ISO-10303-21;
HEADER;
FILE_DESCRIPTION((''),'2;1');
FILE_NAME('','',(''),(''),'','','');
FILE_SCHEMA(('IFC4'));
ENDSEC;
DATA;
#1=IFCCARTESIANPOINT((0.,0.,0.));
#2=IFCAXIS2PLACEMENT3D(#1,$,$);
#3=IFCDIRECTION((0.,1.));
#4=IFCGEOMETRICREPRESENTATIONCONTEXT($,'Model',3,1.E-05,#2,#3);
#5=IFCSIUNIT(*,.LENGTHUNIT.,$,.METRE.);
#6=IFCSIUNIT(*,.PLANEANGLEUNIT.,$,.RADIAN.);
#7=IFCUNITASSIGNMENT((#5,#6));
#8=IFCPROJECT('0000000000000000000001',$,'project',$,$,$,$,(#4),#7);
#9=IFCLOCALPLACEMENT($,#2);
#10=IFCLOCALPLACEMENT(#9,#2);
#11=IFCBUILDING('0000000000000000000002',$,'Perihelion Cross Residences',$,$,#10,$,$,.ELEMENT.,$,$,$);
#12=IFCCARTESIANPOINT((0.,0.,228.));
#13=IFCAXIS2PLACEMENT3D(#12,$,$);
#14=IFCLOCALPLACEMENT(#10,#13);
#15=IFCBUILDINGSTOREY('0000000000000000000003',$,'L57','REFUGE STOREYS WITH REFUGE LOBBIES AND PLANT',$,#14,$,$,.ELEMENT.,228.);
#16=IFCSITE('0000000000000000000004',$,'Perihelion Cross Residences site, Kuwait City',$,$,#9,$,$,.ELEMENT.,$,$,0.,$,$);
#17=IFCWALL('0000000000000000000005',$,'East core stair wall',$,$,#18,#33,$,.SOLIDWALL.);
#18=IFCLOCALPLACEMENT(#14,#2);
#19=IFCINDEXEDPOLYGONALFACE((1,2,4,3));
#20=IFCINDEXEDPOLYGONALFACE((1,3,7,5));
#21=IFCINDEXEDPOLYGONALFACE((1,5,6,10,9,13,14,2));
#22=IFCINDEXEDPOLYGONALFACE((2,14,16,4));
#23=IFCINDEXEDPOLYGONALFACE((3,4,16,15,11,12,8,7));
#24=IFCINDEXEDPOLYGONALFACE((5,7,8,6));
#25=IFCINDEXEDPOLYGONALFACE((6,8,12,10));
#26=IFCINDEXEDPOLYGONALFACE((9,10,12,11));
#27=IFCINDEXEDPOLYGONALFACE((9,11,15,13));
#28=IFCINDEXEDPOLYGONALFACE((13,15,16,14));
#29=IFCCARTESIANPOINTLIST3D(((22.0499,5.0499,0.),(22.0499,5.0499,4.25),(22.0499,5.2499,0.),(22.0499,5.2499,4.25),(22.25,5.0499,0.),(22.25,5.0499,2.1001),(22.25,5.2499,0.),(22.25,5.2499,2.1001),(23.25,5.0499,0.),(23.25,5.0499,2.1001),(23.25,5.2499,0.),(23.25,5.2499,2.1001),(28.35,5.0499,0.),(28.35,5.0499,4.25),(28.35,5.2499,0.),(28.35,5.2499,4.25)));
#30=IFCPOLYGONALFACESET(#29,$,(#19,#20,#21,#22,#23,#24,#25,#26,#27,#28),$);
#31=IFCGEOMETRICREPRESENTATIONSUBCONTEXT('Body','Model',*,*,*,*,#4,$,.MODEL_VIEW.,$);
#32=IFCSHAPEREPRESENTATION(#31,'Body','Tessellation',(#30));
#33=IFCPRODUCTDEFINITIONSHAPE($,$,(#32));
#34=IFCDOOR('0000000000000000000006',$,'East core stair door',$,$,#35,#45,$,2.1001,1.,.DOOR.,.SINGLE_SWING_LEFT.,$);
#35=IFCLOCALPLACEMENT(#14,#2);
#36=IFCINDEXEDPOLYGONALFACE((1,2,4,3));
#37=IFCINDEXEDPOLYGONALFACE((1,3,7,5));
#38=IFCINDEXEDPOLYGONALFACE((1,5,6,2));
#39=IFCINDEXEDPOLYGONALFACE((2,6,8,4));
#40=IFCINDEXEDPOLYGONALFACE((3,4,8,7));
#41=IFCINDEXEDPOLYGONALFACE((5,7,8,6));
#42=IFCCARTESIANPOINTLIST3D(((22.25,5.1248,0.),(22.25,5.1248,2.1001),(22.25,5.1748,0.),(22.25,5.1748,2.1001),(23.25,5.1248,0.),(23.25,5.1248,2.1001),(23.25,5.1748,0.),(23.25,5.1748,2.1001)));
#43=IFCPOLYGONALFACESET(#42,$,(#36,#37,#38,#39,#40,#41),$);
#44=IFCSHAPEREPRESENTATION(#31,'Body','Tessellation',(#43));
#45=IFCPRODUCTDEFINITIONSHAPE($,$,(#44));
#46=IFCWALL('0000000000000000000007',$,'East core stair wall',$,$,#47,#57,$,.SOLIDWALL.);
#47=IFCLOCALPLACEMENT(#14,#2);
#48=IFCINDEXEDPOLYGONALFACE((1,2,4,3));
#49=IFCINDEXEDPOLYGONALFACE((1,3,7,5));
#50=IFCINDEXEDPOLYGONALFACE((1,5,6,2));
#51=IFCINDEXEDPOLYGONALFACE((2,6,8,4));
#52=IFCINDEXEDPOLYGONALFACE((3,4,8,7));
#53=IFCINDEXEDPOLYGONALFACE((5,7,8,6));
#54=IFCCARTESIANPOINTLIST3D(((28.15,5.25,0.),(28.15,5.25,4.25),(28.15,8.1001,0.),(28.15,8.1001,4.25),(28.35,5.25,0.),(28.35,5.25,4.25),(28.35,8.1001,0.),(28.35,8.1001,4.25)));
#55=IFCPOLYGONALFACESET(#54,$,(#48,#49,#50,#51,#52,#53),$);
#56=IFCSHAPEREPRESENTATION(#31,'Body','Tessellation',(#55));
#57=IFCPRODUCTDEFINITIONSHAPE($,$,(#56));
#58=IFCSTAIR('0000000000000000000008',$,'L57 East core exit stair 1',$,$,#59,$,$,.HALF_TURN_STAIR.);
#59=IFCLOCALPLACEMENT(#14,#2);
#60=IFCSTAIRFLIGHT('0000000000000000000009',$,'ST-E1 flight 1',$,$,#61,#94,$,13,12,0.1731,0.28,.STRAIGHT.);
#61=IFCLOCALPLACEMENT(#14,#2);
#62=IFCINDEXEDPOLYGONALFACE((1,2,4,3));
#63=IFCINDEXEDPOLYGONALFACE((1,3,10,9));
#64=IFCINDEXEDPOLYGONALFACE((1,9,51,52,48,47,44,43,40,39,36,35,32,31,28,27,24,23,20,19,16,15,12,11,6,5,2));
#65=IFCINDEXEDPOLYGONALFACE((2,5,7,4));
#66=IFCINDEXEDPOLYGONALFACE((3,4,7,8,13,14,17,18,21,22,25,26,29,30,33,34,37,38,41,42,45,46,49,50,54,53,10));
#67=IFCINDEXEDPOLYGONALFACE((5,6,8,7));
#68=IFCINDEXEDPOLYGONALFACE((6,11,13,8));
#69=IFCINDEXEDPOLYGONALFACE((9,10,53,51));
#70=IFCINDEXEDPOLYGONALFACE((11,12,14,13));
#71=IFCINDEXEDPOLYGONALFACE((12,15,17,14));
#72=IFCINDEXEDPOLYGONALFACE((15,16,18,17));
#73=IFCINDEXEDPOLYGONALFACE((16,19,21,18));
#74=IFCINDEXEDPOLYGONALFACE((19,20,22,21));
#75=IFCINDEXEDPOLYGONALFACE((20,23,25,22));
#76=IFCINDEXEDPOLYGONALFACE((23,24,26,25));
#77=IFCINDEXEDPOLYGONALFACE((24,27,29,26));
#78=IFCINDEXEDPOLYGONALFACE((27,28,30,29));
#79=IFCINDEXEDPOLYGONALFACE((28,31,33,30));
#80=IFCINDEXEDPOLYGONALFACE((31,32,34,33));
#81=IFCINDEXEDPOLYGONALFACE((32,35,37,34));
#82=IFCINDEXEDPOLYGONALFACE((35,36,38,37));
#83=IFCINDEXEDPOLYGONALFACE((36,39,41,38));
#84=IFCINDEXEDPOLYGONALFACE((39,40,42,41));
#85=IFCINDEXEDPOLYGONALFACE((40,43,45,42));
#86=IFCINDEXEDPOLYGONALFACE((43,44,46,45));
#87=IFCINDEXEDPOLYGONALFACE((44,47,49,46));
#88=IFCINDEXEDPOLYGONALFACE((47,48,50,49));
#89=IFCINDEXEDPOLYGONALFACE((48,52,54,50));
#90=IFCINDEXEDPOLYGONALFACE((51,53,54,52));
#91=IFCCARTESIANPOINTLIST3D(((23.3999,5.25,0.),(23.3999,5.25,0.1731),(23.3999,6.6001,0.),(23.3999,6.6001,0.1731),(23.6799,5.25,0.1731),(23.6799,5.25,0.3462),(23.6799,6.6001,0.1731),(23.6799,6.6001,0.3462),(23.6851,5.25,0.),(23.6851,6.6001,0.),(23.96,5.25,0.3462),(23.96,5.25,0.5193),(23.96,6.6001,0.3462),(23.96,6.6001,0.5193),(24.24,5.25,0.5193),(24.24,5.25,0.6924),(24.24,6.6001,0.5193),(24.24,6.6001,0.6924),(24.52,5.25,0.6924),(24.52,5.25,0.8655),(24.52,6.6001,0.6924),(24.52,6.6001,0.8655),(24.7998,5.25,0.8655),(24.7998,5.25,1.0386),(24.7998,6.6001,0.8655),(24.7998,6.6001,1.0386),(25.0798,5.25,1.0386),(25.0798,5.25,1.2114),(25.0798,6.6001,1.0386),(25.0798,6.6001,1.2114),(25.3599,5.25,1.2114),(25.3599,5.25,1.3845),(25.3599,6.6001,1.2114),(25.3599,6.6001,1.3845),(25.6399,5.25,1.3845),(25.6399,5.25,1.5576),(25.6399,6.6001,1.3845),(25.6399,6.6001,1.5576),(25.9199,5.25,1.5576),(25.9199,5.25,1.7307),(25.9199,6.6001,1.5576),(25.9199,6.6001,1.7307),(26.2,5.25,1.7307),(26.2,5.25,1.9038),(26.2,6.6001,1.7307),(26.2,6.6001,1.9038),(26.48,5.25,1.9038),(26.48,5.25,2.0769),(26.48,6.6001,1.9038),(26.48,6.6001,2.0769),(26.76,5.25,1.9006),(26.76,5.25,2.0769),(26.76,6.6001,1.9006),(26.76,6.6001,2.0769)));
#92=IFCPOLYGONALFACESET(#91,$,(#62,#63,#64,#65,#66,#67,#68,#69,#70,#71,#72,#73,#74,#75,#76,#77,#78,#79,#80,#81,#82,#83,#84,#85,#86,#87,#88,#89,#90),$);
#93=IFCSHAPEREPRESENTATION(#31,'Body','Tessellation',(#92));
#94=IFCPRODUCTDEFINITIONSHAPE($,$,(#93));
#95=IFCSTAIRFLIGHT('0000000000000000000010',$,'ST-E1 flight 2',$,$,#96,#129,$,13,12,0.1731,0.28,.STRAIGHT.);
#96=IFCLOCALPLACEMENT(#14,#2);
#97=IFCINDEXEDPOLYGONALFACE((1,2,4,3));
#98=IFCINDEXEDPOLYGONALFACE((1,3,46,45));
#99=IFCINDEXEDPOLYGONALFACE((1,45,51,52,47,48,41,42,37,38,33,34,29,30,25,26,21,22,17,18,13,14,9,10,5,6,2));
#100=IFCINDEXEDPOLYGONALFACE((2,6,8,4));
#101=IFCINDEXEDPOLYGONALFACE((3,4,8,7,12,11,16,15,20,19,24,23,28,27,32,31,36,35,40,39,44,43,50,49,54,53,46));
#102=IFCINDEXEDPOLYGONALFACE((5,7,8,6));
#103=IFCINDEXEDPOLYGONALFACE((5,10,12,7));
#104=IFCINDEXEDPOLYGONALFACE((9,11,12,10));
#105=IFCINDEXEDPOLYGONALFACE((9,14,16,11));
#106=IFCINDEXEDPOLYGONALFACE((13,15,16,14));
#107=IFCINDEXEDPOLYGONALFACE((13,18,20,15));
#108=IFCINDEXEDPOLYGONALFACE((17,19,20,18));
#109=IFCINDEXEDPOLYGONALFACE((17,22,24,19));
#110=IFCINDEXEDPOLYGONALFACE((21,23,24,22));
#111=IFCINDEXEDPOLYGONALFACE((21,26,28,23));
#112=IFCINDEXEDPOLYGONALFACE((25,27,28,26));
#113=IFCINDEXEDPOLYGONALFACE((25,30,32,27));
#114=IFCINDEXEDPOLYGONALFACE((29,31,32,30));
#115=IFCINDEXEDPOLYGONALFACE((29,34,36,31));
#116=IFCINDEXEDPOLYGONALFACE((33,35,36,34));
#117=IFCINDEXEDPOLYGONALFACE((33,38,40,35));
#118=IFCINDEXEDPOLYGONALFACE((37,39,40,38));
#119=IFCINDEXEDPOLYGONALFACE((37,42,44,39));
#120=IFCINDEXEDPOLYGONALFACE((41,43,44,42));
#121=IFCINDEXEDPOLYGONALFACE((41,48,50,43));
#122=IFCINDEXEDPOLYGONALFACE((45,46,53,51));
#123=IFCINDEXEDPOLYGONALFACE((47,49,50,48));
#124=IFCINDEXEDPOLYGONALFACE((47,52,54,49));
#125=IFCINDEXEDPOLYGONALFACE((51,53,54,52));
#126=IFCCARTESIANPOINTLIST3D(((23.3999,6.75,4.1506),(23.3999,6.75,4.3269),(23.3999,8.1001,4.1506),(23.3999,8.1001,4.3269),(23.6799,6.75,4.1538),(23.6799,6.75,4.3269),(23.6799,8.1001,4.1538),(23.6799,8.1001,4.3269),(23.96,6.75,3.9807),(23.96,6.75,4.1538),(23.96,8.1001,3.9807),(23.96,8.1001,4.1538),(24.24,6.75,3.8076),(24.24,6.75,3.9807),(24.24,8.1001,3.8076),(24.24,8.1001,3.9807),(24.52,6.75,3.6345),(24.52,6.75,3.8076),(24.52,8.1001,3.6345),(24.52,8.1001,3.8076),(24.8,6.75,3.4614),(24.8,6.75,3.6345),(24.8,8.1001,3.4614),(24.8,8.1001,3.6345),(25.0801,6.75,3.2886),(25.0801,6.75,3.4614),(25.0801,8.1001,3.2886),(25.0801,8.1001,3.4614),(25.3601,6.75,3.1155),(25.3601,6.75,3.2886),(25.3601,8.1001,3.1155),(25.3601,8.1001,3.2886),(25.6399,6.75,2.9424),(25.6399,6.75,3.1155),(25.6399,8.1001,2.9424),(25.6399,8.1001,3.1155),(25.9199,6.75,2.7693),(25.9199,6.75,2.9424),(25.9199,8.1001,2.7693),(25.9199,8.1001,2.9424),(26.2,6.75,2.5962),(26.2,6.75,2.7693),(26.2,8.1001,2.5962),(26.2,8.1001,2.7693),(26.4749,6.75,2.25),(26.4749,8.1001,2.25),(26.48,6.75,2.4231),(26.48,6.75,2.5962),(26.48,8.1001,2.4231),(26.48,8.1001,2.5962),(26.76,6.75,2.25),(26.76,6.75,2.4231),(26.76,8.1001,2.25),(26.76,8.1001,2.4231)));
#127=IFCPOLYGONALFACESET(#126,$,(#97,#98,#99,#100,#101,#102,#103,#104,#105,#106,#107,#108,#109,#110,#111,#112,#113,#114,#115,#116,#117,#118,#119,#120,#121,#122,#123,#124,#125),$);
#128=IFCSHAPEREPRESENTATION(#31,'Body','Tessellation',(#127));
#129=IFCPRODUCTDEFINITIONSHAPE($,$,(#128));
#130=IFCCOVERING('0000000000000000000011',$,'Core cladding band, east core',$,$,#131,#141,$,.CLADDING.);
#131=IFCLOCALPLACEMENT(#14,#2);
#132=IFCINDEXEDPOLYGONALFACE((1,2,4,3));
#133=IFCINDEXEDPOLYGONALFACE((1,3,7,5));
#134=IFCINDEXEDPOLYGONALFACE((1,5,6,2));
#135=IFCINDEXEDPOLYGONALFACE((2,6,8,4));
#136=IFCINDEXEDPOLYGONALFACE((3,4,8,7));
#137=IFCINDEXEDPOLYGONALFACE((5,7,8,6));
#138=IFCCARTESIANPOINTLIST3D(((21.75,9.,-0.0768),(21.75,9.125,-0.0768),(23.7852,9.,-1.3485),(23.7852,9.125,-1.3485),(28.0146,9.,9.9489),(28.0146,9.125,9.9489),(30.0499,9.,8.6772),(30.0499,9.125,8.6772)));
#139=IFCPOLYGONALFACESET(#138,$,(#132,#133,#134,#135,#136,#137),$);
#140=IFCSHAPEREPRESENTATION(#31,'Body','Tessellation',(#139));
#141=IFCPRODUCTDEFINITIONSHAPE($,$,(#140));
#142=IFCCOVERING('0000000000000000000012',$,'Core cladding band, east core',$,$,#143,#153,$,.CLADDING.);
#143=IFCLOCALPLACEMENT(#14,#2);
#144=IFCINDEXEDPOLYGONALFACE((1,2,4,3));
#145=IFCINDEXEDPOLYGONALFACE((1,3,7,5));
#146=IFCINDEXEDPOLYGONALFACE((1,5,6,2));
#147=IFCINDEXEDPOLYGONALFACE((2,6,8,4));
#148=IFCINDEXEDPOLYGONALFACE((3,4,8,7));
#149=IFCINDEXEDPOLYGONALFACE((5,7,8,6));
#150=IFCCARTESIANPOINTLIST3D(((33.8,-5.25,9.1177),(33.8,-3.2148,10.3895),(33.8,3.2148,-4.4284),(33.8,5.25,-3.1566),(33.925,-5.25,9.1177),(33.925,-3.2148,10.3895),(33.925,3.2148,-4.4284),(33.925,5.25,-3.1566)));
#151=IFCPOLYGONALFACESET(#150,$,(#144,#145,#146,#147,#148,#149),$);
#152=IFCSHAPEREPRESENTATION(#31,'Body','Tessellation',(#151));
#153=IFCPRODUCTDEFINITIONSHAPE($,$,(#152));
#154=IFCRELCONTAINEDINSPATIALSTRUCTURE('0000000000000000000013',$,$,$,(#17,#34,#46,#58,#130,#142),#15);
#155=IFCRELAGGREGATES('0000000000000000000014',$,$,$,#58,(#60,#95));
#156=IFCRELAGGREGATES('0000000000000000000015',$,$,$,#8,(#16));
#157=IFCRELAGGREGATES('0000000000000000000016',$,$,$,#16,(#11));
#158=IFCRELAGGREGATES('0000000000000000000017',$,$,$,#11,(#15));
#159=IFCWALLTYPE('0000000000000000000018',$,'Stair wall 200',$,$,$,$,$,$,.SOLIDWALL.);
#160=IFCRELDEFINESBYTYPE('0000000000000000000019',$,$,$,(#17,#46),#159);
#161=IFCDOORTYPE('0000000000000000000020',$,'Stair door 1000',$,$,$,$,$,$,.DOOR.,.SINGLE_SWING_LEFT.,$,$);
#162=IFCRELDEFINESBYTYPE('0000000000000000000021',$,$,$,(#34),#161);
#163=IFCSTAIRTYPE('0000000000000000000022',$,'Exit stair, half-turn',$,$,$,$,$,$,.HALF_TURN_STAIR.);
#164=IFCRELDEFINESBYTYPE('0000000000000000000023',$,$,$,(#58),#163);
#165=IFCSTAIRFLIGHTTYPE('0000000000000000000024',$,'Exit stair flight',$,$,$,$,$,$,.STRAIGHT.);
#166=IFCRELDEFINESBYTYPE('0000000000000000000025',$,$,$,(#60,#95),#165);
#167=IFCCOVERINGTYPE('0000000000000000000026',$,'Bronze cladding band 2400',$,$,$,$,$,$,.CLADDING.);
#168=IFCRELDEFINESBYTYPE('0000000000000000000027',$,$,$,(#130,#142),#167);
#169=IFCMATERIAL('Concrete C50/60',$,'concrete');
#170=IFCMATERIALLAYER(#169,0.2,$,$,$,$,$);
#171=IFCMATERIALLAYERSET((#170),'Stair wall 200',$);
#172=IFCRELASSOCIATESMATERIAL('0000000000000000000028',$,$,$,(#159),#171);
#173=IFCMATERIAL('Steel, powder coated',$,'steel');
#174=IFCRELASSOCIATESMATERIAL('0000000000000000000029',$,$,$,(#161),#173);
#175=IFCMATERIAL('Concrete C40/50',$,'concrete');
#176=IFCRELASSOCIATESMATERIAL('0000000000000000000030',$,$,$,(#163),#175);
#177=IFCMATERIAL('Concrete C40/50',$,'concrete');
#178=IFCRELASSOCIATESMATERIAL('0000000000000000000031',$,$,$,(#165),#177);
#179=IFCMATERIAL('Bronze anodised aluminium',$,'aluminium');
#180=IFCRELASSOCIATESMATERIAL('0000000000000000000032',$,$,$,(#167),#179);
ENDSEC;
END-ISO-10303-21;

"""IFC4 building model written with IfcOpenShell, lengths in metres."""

from ifc_helpers import new_model, si_unit, direction, frame, frame_2d, origin, origin_2d, place, context, subcontext, project, spatial, polyline, rectangle, outline, extrude, material, layer, layer_set, material_profile, profile_set, type_object, element, fill, aggregate, save


model = new_model("IFC4")

# Units and contexts
model_context = context("Model", 3, precision=1e-05, world=origin(), true_north=direction((0.0, 1.0)))
body_context = subcontext(model_context, "Body", "Model", "MODEL_VIEW")
ifc_project = project(units=[si_unit("LENGTHUNIT", "METRE"), si_unit("PLANEANGLEUNIT", "RADIAN")], contexts=[model_context])

# Site, building, storey
site_placement = place(None, origin())
site = spatial("IfcSite", under=ifc_project, at=site_placement, Name="Perihelion Cross Residences site, Kuwait City", CompositionType="ELEMENT", RefElevation=0.0)
building_placement = place(site_placement, origin())
building = spatial("IfcBuilding", under=site, at=building_placement, Name="Perihelion Cross Residences", CompositionType="ELEMENT")
storey_placement = place(building_placement, frame((0.0, 0.0, 228.0)))
storey = spatial("IfcBuildingStorey", under=building, at=storey_placement, Name="L57", Description="REFUGE STOREYS WITH REFUGE LOBBIES AND PLANT", CompositionType="ELEMENT", Elevation=228.0)

# Wall, opening, door
ifc_material_1 = material(Name="Concrete C50/60", Category="concrete")
ifc_layer_1 = layer(ifc_material_1, 0.2)
ifc_layer_set_1 = layer_set([ifc_layer_1], Name="Stair wall 200")
wall_type_1 = type_object("IfcWallType", Name="Stair wall 200", PredefinedType="SOLIDWALL", material=ifc_layer_set_1)
wall_1_placement = place(storey_placement, frame((22.05, 5.1499, 0.0), z_axis=(0.0, 0.0, 1.0), x_axis=(1.0, 0.0, 0.0)))
wall_1 = element("IfcWall", 1, at=wall_1_placement, inside=storey, type_object=wall_type_1, Name="East core stair wall", PredefinedType="SOLIDWALL", context=body_context, shape_type="SweptSolid", body=[
    extrude(rectangle(XDim=6.3, YDim=0.2, at=frame_2d((3.1499, 0.0))), origin(), (0.0, 0.0, 1.0), 4.25),
])
opening_1_placement = place(wall_1_placement, frame((0.2, 0.0, 0.0)))
opening_1 = element("IfcOpeningElement", 2, at=opening_1_placement, cuts=wall_1, PredefinedType="OPENING", context=body_context, shape_type="SweptSolid", body=[
    extrude(rectangle(XDim=1.0, YDim=2.1001, at=frame_2d((0.5, 1.05))), frame((0.0, 0.1099, 0.0), z_axis=(0.0, -1.0, 0.0), x_axis=(1.0, 0.0, 0.0)), (0.0, 0.0, 1.0), 0.22),
])
ifc_material_2 = material(Name="Steel, powder coated", Category="steel")
door_type_1 = type_object("IfcDoorType", Name="Stair door 1000", OperationType="SINGLE_SWING_LEFT", PredefinedType="DOOR", material=ifc_material_2)
door_1_placement = place(opening_1_placement, origin())
door_1 = element("IfcDoor", 3, at=door_1_placement, inside=storey, type_object=door_type_1, Name="East core stair door", OperationType="SINGLE_SWING_LEFT", OverallHeight=2.1001, OverallWidth=1.0, PredefinedType="DOOR", context=body_context, shape_type="SweptSolid", body=[
    extrude(rectangle(XDim=1.0, YDim=2.1001, at=frame_2d((0.5, 1.05))), frame((0.0, 0.0249, 0.0), z_axis=(0.0, -1.0, 0.0), x_axis=(1.0, 0.0, 0.0)), (0.0, 0.0, 1.0), 0.05),
])
fill(opening_1, door_1)

# Wall
wall_2_placement = place(storey_placement, frame((28.25, 5.25, 0.0), z_axis=(0.0, 0.0, 1.0), x_axis=(0.0, 1.0, 0.0)))
element("IfcWall", 4, at=wall_2_placement, inside=storey, type_object=wall_type_1, Name="East core stair wall", PredefinedType="SOLIDWALL", context=body_context, shape_type="SweptSolid", body=[
    extrude(rectangle(XDim=2.8501, YDim=0.2, at=frame_2d((1.425, 0.0))), origin(), (0.0, 0.0, 1.0), 4.25),
])

# Stair, stair flights
ifc_material_3 = material(Name="Concrete C40/50", Category="concrete")
stair_type = type_object("IfcStairType", Name="Exit stair, half-turn", PredefinedType="HALF_TURN_STAIR", material=ifc_material_3)
stair_placement = place(storey_placement, origin())
stair = element("IfcStair", 5, at=stair_placement, inside=storey, type_object=stair_type, Name="L57 East core exit stair 1", PredefinedType="HALF_TURN_STAIR")
ifc_material_4 = material(Name="Concrete C40/50", Category="concrete")
stair_flight_type = type_object("IfcStairFlightType", Name="Exit stair flight", PredefinedType="STRAIGHT", material=ifc_material_4)
stair_flight_1_placement = place(storey_placement, frame((23.3999, 5.925, 0.0), z_axis=(0.0, 0.0, 1.0), x_axis=(1.0, 0.0, 0.0)))
stair_flight_1 = element("IfcStairFlight", 6, at=stair_flight_1_placement, type_object=stair_flight_type, Name="ST-E1 flight 1", NumberOfRisers=13, NumberOfTreads=12, PredefinedType="STRAIGHT", RiserHeight=0.1731, TreadLength=0.28, context=body_context, shape_type="SweptSolid", body=[
    extrude(outline(polyline([(0.0, 0.0), (0.0, 0.1731), (0.28, 0.1731), (0.28, 0.3462), (0.5601, 0.3462), (0.5601, 0.5193), (0.8401, 0.5193), (0.8401, 0.6924), (1.1201, 0.6924), (1.1201, 0.8655), (1.3999, 0.8655), (1.3999, 1.0386), (1.6799, 1.0386), (1.6799, 1.2114), (1.96, 1.2114), (1.96, 1.3845), (2.24, 1.3845), (2.24, 1.5576), (2.52, 1.5576), (2.52, 1.7307), (2.8, 1.7307), (2.8, 1.9038), (3.0801, 1.9038), (3.0801, 2.0769), (3.3601, 2.0769), (3.3601, 2.25), (3.3601, 1.9006), (0.2852, 0.0), (0.0, 0.0)])), frame((0.0, 0.675, 0.0), z_axis=(0.0, -1.0, 0.0), x_axis=(1.0, 0.0, 0.0)), (0.0, 0.0, 1.0), 1.3501),
])
stair_flight_2_placement = place(storey_placement, frame((26.76, 7.425, 2.25), z_axis=(0.0, 0.0, 1.0), x_axis=(-1.0, 0.0, 0.0)))
stair_flight_2 = element("IfcStairFlight", 7, at=stair_flight_2_placement, type_object=stair_flight_type, Name="ST-E1 flight 2", NumberOfRisers=13, NumberOfTreads=12, PredefinedType="STRAIGHT", RiserHeight=0.1731, TreadLength=0.28, context=body_context, shape_type="SweptSolid", body=[
    extrude(outline(polyline([(0.0, 0.0), (0.0, 0.1731), (0.28, 0.1731), (0.28, 0.3462), (0.5601, 0.3462), (0.5601, 0.5193), (0.8401, 0.5193), (0.8401, 0.6924), (1.1201, 0.6924), (1.1201, 0.8655), (1.3999, 0.8655), (1.3999, 1.0386), (1.6799, 1.0386), (1.6799, 1.2114), (1.96, 1.2114), (1.96, 1.3845), (2.24, 1.3845), (2.24, 1.5576), (2.52, 1.5576), (2.52, 1.7307), (2.8, 1.7307), (2.8, 1.9038), (3.0801, 1.9038), (3.0801, 2.0769), (3.3601, 2.0769), (3.3601, 2.25), (3.3601, 1.9006), (0.2852, 0.0), (0.0, 0.0)])), frame((0.0, 0.675, 0.0), z_axis=(0.0, -1.0, 0.0), x_axis=(1.0, 0.0, 0.0)), (0.0, 0.0, 1.0), 1.3501),
])
aggregate(stair, [stair_flight_1, stair_flight_2])

# Coverings
ifc_material_5 = material(Name="Bronze anodised aluminium", Category="aluminium")
ifc_material_profile = material_profile(ifc_material_5, rectangle(XDim=0.125, YDim=2.3999, at=origin_2d()), Name="Bronze cladding band 2400")
ifc_profile_set = profile_set([ifc_material_profile], Name="Bronze anodised aluminium")
covering_type = type_object("IfcCoveringType", Name="Bronze cladding band 2400", PredefinedType="CLADDING", material=ifc_profile_set)
covering_1_placement = place(storey_placement, frame((22.7676, 9.0625, -0.7126), z_axis=(0.529915, 0.0, 0.848051), x_axis=(0.0, 1.0, 0.0)))
element("IfcCovering", 8, at=covering_1_placement, inside=storey, type_object=covering_type, Name="Core cladding band, east core", PredefinedType="CLADDING", context=body_context, shape_type="SweptSolid", body=[
    extrude(rectangle(XDim=0.125, YDim=2.3999, at=origin_2d()), origin(), (0.0, 0.0, 1.0), 11.822),
])
covering_2_placement = place(storey_placement, frame((33.8625, 4.2324, -3.7925), z_axis=(0.0, -0.529932, 0.84804), x_axis=(1.0, 0.0, 0.0)))
element("IfcCovering", 9, at=covering_2_placement, inside=storey, type_object=covering_type, Name="Core cladding band, east core", PredefinedType="CLADDING", context=body_context, shape_type="SweptSolid", body=[
    extrude(rectangle(XDim=0.125, YDim=2.3999, at=origin_2d()), origin(), (0.0, 0.0, 1.0), 15.9734),
])

save(model, "model.ifc")
